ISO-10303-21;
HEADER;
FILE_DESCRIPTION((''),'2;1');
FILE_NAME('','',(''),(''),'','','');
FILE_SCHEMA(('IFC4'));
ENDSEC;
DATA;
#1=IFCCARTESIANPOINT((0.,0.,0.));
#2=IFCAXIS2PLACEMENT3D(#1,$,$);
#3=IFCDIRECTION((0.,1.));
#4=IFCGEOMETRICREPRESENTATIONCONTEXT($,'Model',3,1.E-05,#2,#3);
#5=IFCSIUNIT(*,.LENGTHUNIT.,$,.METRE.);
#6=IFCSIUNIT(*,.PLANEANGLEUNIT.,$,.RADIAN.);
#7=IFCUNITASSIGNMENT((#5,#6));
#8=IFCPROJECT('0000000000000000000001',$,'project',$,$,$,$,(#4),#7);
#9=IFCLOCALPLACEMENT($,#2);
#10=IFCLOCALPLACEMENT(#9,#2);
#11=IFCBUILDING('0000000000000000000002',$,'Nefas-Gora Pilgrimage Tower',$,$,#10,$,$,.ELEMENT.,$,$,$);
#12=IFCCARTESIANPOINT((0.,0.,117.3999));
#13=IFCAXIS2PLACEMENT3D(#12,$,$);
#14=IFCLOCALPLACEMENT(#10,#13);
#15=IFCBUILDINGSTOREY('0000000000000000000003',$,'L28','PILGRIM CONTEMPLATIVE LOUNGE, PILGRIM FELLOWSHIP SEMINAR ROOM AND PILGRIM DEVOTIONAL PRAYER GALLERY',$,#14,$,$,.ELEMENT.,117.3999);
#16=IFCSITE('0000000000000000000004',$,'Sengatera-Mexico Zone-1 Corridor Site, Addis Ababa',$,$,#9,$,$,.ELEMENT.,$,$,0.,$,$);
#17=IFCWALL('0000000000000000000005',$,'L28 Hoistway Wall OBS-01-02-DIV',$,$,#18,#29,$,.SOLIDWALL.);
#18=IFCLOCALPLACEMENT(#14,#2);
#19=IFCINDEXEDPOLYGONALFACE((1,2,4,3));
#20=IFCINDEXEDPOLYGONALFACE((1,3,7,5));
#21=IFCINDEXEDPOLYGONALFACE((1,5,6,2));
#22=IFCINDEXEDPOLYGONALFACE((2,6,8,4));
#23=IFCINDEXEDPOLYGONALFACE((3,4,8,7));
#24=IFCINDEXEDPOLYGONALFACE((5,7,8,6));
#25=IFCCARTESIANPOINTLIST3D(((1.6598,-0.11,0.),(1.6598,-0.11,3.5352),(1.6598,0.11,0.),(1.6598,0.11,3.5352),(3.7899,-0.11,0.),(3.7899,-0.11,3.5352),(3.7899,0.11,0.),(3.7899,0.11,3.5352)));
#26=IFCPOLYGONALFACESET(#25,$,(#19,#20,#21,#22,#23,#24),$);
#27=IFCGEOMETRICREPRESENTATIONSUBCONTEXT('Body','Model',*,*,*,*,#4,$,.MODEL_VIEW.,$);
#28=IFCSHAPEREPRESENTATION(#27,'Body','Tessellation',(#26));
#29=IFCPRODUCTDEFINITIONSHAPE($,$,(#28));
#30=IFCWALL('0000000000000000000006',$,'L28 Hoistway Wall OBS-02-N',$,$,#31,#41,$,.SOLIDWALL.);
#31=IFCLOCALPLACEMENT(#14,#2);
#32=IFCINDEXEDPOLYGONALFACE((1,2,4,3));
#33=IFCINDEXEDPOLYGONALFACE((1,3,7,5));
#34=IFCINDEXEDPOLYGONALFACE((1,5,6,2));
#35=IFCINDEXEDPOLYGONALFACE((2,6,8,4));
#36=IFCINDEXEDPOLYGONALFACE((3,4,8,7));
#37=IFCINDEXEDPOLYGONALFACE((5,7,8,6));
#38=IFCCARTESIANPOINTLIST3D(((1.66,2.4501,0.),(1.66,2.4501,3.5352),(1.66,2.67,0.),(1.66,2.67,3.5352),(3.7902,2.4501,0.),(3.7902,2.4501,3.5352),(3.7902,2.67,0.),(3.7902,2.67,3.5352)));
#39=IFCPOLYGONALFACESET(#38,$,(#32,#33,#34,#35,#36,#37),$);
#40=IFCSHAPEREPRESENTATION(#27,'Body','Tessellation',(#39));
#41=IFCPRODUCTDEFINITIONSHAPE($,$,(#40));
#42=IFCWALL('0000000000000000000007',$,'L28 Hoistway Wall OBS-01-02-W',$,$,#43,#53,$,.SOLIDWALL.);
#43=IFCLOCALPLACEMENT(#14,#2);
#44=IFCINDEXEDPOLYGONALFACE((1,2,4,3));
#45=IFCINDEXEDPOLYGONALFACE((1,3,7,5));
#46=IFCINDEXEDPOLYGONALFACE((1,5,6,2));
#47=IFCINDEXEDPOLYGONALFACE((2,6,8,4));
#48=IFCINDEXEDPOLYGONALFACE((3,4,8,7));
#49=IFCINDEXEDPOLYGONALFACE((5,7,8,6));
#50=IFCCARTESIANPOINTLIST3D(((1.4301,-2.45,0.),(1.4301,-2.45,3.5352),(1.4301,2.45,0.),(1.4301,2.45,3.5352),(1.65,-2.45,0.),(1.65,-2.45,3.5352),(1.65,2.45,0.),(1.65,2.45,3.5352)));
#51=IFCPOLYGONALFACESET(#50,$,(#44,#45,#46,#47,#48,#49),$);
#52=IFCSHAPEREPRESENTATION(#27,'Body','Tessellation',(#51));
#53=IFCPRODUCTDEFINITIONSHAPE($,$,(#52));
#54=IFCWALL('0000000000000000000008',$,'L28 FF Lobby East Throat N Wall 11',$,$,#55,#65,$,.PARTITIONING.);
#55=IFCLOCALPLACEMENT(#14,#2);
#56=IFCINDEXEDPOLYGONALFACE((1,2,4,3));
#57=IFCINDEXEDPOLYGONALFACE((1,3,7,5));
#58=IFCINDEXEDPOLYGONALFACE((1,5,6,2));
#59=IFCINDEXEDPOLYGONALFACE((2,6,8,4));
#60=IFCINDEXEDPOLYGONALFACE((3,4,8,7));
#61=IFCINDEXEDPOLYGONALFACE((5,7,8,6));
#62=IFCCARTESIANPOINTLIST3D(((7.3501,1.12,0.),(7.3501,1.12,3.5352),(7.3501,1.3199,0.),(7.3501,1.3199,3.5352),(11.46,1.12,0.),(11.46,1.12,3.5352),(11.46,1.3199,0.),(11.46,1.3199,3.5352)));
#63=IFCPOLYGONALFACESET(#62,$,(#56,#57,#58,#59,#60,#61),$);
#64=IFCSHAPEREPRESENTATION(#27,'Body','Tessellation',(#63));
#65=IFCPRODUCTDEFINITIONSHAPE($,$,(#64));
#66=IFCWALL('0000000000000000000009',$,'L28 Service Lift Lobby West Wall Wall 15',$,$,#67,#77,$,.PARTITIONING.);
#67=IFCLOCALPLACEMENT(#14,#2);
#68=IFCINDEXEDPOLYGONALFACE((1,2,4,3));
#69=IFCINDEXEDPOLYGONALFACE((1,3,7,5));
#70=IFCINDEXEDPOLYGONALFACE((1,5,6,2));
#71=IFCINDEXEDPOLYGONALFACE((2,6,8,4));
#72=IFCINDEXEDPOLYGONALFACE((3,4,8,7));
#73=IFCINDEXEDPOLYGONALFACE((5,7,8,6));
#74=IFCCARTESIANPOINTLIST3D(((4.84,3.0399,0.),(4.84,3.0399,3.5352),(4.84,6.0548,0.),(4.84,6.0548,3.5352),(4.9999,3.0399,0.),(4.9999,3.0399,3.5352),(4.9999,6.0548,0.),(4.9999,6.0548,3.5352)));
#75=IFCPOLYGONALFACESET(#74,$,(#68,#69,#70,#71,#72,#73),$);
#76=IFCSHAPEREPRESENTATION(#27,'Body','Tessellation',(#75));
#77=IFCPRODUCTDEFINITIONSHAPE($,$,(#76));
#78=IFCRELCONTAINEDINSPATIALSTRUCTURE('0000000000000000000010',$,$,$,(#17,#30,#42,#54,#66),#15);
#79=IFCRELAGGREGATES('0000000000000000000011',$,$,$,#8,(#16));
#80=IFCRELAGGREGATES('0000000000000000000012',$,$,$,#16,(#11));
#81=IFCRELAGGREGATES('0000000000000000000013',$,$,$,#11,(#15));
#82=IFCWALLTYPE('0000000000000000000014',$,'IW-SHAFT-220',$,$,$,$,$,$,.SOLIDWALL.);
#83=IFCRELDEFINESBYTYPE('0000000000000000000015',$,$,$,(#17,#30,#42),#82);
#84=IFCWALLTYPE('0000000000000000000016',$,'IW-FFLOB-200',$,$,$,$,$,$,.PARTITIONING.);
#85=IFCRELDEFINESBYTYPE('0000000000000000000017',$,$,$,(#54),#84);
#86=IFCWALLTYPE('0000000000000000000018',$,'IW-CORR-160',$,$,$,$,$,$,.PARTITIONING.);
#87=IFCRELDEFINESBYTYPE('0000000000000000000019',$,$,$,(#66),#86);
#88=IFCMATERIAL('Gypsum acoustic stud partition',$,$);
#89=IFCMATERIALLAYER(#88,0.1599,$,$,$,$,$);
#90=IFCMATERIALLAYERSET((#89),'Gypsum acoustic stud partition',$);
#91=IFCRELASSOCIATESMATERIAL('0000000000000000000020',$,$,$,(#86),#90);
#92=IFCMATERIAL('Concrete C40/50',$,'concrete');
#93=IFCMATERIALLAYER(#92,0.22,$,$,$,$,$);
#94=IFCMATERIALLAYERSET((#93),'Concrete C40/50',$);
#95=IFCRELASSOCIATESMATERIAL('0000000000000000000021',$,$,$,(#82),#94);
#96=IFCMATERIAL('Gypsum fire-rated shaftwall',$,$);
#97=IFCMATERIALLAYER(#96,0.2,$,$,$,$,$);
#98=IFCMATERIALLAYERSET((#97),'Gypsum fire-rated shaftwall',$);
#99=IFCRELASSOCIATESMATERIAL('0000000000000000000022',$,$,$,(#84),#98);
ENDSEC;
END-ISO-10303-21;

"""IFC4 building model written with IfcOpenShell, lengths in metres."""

from ifc_helpers import new_model, si_unit, direction, frame, frame_2d, origin, place, context, subcontext, project, spatial, rectangle, extrude, source, transform, mapped, material, layer, layer_set, type_object, element, save


model = new_model("IFC4")

# Units and contexts
model_context = context("Model", 3, precision=1e-05, world=origin(), true_north=direction((0.0, 1.0)))
body_context = subcontext(model_context, "Body", "Model", "MODEL_VIEW")
ifc_project = project(units=[si_unit("LENGTHUNIT", "METRE"), si_unit("PLANEANGLEUNIT", "RADIAN")], contexts=[model_context])

# Site, building, storey
site_placement = place(None, origin())
site = spatial("IfcSite", under=ifc_project, at=site_placement, Name="Sengatera-Mexico Zone-1 Corridor Site, Addis Ababa", CompositionType="ELEMENT", RefElevation=0.0)
building_placement = place(site_placement, origin())
building = spatial("IfcBuilding", under=site, at=building_placement, Name="Nefas-Gora Pilgrimage Tower", CompositionType="ELEMENT")
storey_placement = place(building_placement, frame((0.0, 0.0, 117.3999)))
storey = spatial("IfcBuildingStorey", under=building, at=storey_placement, Name="L28", Description="PILGRIM CONTEMPLATIVE LOUNGE, PILGRIM FELLOWSHIP SEMINAR ROOM AND PILGRIM DEVOTIONAL PRAYER GALLERY", CompositionType="ELEMENT", Elevation=117.3999)

# Shared definitions
ifc_material_1 = material(Name="Concrete C40/50", Category="concrete")

# Shared definitions
ifc_material_2 = material(Name="Gypsum acoustic stud partition")
ifc_layer_1 = layer(ifc_material_2, 0.1599)
ifc_layer_set_1 = layer_set([ifc_layer_1], Name="Gypsum acoustic stud partition")
wall_type_1 = type_object("IfcWallType", Name="IW-CORR-160", PredefinedType="PARTITIONING", material=ifc_layer_set_1)

# Shared definitions
ifc_layer_2 = layer(ifc_material_1, 0.22)
ifc_layer_set_2 = layer_set([ifc_layer_2], Name="Concrete C40/50")
wall_type_2 = type_object("IfcWallType", Name="IW-SHAFT-220", PredefinedType="SOLIDWALL", material=ifc_layer_set_2)

# Walls
shared_shape_1 = source(origin(), body_context, "Body", "SweptSolid", [
    extrude(rectangle(XDim=2.1301, YDim=0.22, at=frame_2d((1.0649, 0.0))), origin(), (0.0, 0.0, 1.0), 3.5352),
])
for number, where, z_axis, x_axis, name in (
    (1, (1.6599, 0.0, 0.0), (0.0, 0.0, 1.0), (1.0, 0.0, 0.0), "L28 Hoistway Wall OBS-01-02-DIV"),
    (2, (3.79, 2.5601, 0.0), (0.0, 0.0, 1.0), (-1.0, 0.0, 0.0), "L28 Hoistway Wall OBS-02-N"),
):
    element("IfcWall", number, at=place(storey_placement, frame(where, z_axis=z_axis, x_axis=x_axis)), inside=storey, type_object=wall_type_2, Name=name, PredefinedType="SOLIDWALL", context=body_context, shape_type="MappedRepresentation", body=[
        mapped(shared_shape_1, transform((0.0, 0.0, 0.0), x_axis=(1.0, 0.0, 0.0), y_axis=(0.0, 1.0, 0.0), z_axis=(0.0, 0.0, 1.0), scale=1.0)),
    ])
shared_shape_2 = source(origin(), body_context, "Body", "SweptSolid", [
    extrude(rectangle(XDim=4.8999, YDim=0.22, at=frame_2d((2.45, 0.0))), origin(), (0.0, 0.0, 1.0), 3.5352),
])
wall_1_placement = place(storey_placement, frame((1.54, 2.45, 0.0), z_axis=(0.0, 0.0, 1.0), x_axis=(0.0, -1.0, 0.0)))
element("IfcWall", 3, at=wall_1_placement, inside=storey, type_object=wall_type_2, Name="L28 Hoistway Wall OBS-01-02-W", PredefinedType="SOLIDWALL", context=body_context, shape_type="MappedRepresentation", body=[
    mapped(shared_shape_2, transform((0.0, 0.0, 0.0), x_axis=(1.0, 0.0, 0.0), y_axis=(0.0, 1.0, 0.0), z_axis=(0.0, 0.0, 1.0), scale=1.0)),
])

# Shared definitions
ifc_material_3 = material(Name="Gypsum fire-rated shaftwall")
ifc_layer_3 = layer(ifc_material_3, 0.2)
ifc_layer_set_3 = layer_set([ifc_layer_3], Name="Gypsum fire-rated shaftwall")
wall_type_3 = type_object("IfcWallType", Name="IW-FFLOB-200", PredefinedType="PARTITIONING", material=ifc_layer_set_3)

# Walls
shared_shape_3 = source(origin(), body_context, "Body", "SweptSolid", [
    extrude(rectangle(XDim=4.1099, YDim=0.2, at=frame_2d((2.0549, 0.0))), origin(), (0.0, 0.0, 1.0), 3.5352),
])
wall_2_placement = place(storey_placement, frame((7.3501, 1.22, 0.0), z_axis=(0.0, 0.0, 1.0), x_axis=(1.0, 0.0, 0.0)))
element("IfcWall", 4, at=wall_2_placement, inside=storey, type_object=wall_type_3, Name="L28 FF Lobby East Throat N Wall 11", PredefinedType="PARTITIONING", context=body_context, shape_type="MappedRepresentation", body=[
    mapped(shared_shape_3, transform((0.0, 0.0, 0.0), x_axis=(1.0, 0.0, 0.0), y_axis=(0.0, 1.0, 0.0), z_axis=(0.0, 0.0, 1.0), scale=1.0)),
])
shared_shape_4 = source(origin(), body_context, "Body", "SweptSolid", [
    extrude(rectangle(XDim=3.0149, YDim=0.1599, at=frame_2d((1.5073, 0.0))), origin(), (0.0, 0.0, 1.0), 3.5352),
])
wall_3_placement = place(storey_placement, frame((4.9199, 3.04, 0.0), z_axis=(0.0, 0.0, 1.0), x_axis=(0.0, 1.0, 0.0)))
element("IfcWall", 5, at=wall_3_placement, inside=storey, type_object=wall_type_1, Name="L28 Service Lift Lobby West Wall Wall 15", PredefinedType="PARTITIONING", context=body_context, shape_type="MappedRepresentation", body=[
    mapped(shared_shape_4, transform((0.0, 0.0, 0.0), x_axis=(1.0, 0.0, 0.0), y_axis=(0.0, 1.0, 0.0), z_axis=(0.0, 0.0, 1.0), scale=1.0)),
])

save(model, "model.ifc")
